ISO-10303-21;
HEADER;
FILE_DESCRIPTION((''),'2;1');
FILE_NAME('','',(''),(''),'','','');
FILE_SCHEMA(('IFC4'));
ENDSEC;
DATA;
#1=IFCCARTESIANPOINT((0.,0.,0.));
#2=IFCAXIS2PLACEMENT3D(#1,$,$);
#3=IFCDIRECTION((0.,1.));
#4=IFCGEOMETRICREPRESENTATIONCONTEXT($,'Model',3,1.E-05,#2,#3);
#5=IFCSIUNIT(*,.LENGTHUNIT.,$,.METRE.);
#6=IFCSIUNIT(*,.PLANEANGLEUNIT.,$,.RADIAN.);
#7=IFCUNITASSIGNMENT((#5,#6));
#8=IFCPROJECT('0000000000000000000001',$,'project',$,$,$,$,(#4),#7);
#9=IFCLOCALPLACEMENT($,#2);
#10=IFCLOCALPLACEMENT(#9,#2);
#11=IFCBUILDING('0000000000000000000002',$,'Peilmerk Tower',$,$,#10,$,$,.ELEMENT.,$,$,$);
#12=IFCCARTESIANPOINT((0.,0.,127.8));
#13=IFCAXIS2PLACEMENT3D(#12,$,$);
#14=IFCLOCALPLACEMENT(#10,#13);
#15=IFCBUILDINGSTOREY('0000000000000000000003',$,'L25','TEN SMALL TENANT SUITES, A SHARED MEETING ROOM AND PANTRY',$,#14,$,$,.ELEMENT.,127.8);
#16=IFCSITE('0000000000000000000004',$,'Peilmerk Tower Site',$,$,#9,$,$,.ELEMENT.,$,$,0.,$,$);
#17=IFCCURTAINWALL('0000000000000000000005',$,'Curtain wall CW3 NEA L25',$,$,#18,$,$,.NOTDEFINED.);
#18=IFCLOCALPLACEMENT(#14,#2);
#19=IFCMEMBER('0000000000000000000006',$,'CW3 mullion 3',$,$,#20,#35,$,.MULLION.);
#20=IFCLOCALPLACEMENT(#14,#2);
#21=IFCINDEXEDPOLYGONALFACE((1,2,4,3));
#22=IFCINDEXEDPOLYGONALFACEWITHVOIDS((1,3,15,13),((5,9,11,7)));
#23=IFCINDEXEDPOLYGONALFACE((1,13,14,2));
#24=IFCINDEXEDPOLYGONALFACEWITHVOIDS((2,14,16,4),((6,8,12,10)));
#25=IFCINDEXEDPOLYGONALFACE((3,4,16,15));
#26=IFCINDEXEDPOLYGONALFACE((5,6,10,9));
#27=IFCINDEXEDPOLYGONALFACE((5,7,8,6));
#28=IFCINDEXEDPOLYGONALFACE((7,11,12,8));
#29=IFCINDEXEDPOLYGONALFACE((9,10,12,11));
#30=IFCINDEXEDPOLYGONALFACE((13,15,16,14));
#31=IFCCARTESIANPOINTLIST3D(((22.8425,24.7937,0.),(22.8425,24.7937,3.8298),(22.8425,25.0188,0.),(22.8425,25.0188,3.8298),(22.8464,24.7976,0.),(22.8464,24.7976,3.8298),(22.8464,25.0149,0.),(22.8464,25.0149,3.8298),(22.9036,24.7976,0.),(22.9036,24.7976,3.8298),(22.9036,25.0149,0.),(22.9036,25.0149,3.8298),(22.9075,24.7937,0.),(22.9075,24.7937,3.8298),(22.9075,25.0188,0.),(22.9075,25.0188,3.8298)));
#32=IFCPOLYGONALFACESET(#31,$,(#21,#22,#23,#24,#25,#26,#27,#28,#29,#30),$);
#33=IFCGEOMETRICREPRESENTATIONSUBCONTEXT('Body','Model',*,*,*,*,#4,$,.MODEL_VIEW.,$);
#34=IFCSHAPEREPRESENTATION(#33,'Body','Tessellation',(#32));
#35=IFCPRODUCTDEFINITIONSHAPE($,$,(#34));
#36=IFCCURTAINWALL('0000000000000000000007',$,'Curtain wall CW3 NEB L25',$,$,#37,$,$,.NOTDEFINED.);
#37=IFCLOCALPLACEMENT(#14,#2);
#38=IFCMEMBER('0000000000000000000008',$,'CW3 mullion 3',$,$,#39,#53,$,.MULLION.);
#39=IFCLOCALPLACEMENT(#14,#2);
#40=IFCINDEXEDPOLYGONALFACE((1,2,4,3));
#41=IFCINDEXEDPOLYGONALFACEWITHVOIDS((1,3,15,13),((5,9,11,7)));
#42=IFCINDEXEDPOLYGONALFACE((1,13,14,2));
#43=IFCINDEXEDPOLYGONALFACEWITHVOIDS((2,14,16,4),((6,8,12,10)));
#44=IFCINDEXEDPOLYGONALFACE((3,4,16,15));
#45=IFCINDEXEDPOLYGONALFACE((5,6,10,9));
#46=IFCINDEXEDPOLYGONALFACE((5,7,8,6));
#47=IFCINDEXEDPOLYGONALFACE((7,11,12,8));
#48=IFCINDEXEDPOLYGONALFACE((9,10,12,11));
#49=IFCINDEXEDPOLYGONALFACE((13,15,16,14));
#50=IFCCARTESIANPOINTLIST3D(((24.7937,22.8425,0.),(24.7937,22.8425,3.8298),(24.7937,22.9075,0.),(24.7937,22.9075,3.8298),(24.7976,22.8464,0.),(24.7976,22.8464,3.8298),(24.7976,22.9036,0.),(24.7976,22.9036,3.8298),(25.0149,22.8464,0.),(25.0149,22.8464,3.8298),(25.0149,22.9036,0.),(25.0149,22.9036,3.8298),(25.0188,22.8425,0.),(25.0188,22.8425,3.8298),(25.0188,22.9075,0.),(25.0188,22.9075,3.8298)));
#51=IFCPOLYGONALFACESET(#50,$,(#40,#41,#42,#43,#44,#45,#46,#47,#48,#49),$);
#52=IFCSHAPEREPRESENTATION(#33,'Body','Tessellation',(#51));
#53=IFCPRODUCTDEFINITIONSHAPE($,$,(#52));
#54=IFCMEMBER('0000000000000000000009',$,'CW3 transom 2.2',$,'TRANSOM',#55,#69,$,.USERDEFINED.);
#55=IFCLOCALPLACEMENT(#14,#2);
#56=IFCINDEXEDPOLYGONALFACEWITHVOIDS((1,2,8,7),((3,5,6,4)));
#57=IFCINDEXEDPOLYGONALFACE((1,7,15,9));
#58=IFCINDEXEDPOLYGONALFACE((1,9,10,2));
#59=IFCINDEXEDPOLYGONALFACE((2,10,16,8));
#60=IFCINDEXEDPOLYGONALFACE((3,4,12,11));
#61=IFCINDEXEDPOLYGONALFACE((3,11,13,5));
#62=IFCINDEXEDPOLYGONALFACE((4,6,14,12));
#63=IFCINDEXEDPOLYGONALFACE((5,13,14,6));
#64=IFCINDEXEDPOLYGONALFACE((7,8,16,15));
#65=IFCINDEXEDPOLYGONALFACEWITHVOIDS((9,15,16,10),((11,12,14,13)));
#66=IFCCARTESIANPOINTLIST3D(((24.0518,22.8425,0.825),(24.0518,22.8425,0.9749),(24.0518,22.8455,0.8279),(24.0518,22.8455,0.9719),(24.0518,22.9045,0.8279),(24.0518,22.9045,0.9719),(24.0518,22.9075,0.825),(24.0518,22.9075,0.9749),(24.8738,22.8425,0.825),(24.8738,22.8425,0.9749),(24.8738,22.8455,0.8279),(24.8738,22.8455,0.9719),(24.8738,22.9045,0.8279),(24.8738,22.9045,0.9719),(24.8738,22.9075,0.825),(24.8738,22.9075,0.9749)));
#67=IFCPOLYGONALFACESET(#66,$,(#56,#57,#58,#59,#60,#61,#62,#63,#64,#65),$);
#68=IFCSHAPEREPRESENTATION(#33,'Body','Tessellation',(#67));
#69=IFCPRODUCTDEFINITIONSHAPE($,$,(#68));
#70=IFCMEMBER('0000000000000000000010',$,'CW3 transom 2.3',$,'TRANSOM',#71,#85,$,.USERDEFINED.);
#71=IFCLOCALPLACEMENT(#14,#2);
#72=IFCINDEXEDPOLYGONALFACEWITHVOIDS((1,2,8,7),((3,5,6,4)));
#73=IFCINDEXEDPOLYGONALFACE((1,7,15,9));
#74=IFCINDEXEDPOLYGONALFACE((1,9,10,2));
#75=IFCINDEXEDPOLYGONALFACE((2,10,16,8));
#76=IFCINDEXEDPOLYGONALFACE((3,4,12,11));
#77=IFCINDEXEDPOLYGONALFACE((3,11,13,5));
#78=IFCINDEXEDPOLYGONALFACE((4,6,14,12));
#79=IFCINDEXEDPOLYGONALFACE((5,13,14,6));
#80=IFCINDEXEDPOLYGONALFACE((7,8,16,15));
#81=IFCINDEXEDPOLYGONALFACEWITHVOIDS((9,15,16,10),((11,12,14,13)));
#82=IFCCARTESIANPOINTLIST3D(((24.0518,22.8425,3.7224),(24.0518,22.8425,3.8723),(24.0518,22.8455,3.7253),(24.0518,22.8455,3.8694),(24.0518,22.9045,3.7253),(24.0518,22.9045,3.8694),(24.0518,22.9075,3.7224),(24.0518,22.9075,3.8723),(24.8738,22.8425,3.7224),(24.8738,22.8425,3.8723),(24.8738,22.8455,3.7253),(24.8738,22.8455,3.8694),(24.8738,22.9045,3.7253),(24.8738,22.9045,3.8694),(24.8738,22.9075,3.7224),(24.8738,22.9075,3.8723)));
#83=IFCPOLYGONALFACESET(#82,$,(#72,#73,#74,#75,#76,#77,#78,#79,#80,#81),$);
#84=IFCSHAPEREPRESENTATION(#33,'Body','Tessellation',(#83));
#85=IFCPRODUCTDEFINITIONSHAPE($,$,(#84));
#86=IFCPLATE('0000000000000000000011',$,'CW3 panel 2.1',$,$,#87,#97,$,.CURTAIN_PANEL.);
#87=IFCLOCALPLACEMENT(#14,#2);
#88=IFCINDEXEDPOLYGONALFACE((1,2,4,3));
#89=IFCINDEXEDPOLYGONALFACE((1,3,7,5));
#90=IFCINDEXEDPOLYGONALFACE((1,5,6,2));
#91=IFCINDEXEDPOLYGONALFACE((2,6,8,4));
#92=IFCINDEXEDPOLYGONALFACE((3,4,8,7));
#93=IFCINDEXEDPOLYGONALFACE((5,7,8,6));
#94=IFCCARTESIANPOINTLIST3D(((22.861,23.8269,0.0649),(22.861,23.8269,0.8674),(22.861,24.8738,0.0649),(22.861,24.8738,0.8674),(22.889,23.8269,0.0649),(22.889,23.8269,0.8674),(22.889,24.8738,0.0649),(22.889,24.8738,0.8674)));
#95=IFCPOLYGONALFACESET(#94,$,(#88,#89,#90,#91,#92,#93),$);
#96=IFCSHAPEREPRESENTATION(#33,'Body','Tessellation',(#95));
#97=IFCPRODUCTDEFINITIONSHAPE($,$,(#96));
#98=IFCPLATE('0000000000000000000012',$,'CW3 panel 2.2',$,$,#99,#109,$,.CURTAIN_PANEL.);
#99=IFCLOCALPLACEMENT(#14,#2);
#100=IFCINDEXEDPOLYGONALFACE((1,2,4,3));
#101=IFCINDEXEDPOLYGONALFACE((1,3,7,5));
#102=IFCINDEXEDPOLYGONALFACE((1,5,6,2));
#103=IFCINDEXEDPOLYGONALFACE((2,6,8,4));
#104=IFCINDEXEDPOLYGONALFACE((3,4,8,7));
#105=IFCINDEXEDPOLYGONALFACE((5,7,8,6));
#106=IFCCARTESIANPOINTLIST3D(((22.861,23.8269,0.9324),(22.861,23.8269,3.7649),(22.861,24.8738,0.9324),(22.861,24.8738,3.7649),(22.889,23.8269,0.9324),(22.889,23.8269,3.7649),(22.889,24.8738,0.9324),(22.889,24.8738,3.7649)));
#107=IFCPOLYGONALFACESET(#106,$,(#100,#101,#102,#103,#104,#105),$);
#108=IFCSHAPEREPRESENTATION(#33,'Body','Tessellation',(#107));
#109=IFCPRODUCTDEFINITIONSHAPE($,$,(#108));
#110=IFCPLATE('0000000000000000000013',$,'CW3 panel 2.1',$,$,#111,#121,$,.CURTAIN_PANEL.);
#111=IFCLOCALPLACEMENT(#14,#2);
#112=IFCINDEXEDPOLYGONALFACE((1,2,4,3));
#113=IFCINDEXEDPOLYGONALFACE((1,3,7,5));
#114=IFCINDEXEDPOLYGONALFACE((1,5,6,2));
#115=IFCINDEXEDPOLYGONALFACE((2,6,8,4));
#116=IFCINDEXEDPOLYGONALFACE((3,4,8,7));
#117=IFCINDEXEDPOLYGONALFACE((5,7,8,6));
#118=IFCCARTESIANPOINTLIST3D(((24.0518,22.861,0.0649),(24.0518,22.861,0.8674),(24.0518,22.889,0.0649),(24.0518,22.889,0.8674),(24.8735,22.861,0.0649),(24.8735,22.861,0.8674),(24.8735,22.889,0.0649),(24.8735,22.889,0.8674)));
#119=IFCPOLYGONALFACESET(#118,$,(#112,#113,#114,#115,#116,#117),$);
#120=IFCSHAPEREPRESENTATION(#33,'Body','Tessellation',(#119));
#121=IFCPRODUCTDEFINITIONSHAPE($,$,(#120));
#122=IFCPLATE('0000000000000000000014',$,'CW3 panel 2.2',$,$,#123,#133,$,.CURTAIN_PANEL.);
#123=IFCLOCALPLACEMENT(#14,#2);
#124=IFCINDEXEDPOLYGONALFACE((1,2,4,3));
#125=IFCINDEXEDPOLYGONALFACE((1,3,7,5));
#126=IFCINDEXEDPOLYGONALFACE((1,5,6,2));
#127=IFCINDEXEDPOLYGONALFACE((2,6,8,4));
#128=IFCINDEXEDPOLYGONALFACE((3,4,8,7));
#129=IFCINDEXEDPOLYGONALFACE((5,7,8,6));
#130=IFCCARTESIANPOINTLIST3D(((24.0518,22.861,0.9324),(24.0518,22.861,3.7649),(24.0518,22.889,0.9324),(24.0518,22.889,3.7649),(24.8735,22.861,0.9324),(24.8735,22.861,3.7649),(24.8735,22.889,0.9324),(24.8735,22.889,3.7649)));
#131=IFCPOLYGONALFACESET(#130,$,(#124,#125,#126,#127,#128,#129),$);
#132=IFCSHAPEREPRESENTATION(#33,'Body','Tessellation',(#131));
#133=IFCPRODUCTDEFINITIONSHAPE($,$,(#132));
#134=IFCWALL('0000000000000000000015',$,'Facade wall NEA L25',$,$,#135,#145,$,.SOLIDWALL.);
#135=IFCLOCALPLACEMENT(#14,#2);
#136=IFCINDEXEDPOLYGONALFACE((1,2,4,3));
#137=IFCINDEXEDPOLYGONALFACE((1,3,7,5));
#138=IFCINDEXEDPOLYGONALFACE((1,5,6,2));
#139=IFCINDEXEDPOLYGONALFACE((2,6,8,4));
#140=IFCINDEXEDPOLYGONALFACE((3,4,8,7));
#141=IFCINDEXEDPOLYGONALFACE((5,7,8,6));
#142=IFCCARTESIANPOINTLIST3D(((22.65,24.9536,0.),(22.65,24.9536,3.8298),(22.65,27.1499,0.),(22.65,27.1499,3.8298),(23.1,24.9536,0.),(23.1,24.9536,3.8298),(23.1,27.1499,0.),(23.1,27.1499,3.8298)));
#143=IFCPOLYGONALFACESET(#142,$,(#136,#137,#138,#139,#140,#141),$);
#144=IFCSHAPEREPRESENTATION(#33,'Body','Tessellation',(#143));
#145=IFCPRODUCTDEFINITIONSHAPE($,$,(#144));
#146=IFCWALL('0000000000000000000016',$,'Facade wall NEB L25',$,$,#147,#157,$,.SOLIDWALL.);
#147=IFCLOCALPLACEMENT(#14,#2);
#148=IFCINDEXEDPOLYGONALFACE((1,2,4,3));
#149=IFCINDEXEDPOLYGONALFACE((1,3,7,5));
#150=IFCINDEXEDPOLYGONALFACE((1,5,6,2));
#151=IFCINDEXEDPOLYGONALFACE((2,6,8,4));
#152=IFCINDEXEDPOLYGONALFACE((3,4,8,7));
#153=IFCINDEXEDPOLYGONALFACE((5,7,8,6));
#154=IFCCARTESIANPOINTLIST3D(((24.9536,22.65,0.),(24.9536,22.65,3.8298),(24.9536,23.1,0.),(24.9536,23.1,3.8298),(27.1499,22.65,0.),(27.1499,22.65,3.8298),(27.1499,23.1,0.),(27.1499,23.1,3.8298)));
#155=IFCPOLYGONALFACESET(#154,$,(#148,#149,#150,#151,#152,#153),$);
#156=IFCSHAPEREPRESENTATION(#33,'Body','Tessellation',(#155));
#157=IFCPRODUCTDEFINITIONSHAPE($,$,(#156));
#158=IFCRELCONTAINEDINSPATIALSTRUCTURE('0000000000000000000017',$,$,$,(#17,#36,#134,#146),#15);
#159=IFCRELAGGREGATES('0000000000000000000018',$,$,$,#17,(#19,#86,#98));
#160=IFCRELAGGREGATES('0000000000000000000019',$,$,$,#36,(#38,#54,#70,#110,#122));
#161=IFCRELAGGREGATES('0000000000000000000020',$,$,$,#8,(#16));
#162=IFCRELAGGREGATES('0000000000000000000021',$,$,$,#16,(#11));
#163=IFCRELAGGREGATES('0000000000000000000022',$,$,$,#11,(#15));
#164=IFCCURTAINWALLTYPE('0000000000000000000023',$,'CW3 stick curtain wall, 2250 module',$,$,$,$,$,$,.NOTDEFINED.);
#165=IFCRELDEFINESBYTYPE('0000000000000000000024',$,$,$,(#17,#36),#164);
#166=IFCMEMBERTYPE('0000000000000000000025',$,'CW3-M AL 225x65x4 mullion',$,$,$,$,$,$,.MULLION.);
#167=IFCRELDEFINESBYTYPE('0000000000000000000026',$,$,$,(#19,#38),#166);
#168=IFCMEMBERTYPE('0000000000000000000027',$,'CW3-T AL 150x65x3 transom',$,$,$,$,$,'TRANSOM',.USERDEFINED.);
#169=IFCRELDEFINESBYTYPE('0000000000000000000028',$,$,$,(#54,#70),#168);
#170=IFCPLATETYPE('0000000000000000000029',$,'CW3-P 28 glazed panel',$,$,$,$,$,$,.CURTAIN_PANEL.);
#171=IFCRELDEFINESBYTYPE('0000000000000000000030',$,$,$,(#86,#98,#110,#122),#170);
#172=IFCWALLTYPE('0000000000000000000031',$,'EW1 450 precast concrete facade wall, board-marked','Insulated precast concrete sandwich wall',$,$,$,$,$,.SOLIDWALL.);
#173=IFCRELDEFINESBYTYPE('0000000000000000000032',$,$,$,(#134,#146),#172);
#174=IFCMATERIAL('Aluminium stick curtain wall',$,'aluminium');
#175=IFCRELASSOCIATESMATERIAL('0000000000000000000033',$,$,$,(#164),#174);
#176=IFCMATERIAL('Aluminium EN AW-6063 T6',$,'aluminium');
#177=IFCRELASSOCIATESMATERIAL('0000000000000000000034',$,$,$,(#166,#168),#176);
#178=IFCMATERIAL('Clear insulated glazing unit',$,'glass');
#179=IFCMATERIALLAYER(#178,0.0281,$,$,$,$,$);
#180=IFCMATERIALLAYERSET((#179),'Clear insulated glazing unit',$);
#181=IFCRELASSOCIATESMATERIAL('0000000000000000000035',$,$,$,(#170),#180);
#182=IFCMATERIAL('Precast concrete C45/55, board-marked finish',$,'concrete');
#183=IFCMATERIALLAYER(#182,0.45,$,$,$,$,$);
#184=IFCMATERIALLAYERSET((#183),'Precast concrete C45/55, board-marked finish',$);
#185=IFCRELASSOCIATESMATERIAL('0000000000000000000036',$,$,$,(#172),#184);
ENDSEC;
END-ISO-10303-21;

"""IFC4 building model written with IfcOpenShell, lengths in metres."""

from ifc_helpers import new_model, si_unit, direction, frame, frame_2d, origin, origin_2d, place, context, subcontext, project, spatial, rectangle, hollow_rectangle, extrude, material, layer, layer_set, material_profile, profile_set, type_object, element, aggregate, save


model = new_model("IFC4")

# Units and contexts
model_context = context("Model", 3, precision=1e-05, world=origin(), true_north=direction((0.0, 1.0)))
body_context = subcontext(model_context, "Body", "Model", "MODEL_VIEW")
ifc_project = project(units=[si_unit("LENGTHUNIT", "METRE"), si_unit("PLANEANGLEUNIT", "RADIAN")], contexts=[model_context])

# Site, building, storey
site_placement = place(None, origin())
site = spatial("IfcSite", under=ifc_project, at=site_placement, Name="Peilmerk Tower Site", CompositionType="ELEMENT", RefElevation=0.0)
building_placement = place(site_placement, origin())
building = spatial("IfcBuilding", under=site, at=building_placement, Name="Peilmerk Tower", CompositionType="ELEMENT")
storey_placement = place(building_placement, frame((0.0, 0.0, 127.8)))
storey = spatial("IfcBuildingStorey", under=building, at=storey_placement, Name="L25", Description="TEN SMALL TENANT SUITES, A SHARED MEETING ROOM AND PANTRY", CompositionType="ELEMENT", Elevation=127.8)

# Curtain wall, member
ifc_material_1 = material(Name="Aluminium stick curtain wall", Category="aluminium")
curtain_wall_type = type_object("IfcCurtainWallType", Name="CW3 stick curtain wall, 2250 module", PredefinedType="NOTDEFINED", material=ifc_material_1)
curtain_wall_1_placement = place(storey_placement, origin())
curtain_wall_1 = element("IfcCurtainWall", 1, at=curtain_wall_1_placement, inside=storey, type_object=curtain_wall_type, Name="Curtain wall CW3 NEA L25", PredefinedType="NOTDEFINED")
ifc_material_2 = material(Name="Aluminium EN AW-6063 T6", Category="aluminium")
ifc_material_profile_1 = material_profile(ifc_material_2, hollow_rectangle(XDim=0.0649, YDim=0.2251, WallThickness=0.0039, at=origin_2d()), Name="AL 225x65x4")
ifc_profile_set_1 = profile_set([ifc_material_profile_1], Name="Aluminium EN AW-6063 T6")
member_type_1 = type_object("IfcMemberType", Name="CW3-M AL 225x65x4 mullion", PredefinedType="MULLION", material=ifc_profile_set_1)
member_1_placement = place(storey_placement, frame((22.875, 24.9062, 0.0), z_axis=(0.0, 0.0, 1.0), x_axis=(-1.0, 0.0, 0.0)))
member_1 = element("IfcMember", 2, at=member_1_placement, type_object=member_type_1, Name="CW3 mullion 3", PredefinedType="MULLION", context=body_context, shape_type="SweptSolid", body=[
    extrude(hollow_rectangle(XDim=0.0649, YDim=0.2251, WallThickness=0.0039, at=origin_2d()), origin(), (0.0, 0.0, 1.0), 3.8298),
])

# Curtain wall, members
curtain_wall_2_placement = place(storey_placement, origin())
curtain_wall_2 = element("IfcCurtainWall", 3, at=curtain_wall_2_placement, inside=storey, type_object=curtain_wall_type, Name="Curtain wall CW3 NEB L25", PredefinedType="NOTDEFINED")
member_2_placement = place(storey_placement, frame((24.9062, 22.875, 0.0), z_axis=(0.0, 0.0, 1.0), x_axis=(0.0, 1.0, 0.0)))
member_2 = element("IfcMember", 4, at=member_2_placement, type_object=member_type_1, Name="CW3 mullion 3", PredefinedType="MULLION", context=body_context, shape_type="SweptSolid", body=[
    extrude(hollow_rectangle(XDim=0.0649, YDim=0.2251, WallThickness=0.0039, at=origin_2d()), origin(), (0.0, 0.0, 1.0), 3.8298),
])
ifc_material_profile_2 = material_profile(ifc_material_2, hollow_rectangle(XDim=0.0649, YDim=0.1499, WallThickness=0.0029, at=origin_2d()), Name="AL 150x65x3")
ifc_profile_set_2 = profile_set([ifc_material_profile_2], Name="Aluminium EN AW-6063 T6")
member_type_2 = type_object("IfcMemberType", Name="CW3-T AL 150x65x3 transom", ElementType="TRANSOM", PredefinedType="USERDEFINED", material=ifc_profile_set_2)
member_3_placement = place(storey_placement, frame((24.0518, 22.875, 0.8999), z_axis=(1.0, 0.0, 0.0), x_axis=(0.0, 1.0, 0.0)))
member_3 = element("IfcMember", 5, at=member_3_placement, type_object=member_type_2, Name="CW3 transom 2.2", ObjectType="TRANSOM", PredefinedType="USERDEFINED", context=body_context, shape_type="SweptSolid", body=[
    extrude(hollow_rectangle(XDim=0.0649, YDim=0.1499, WallThickness=0.0029, at=origin_2d()), origin(), (0.0, 0.0, 1.0), 0.822),
])
member_4_placement = place(storey_placement, frame((24.0518, 22.875, 3.7974), z_axis=(1.0, 0.0, 0.0), x_axis=(0.0, 1.0, 0.0)))
member_4 = element("IfcMember", 6, at=member_4_placement, type_object=member_type_2, Name="CW3 transom 2.3", ObjectType="TRANSOM", PredefinedType="USERDEFINED", context=body_context, shape_type="SweptSolid", body=[
    extrude(hollow_rectangle(XDim=0.0649, YDim=0.1499, WallThickness=0.0029, at=origin_2d()), origin(), (0.0, 0.0, 1.0), 0.822),
])

# Plates
ifc_material_3 = material(Name="Clear insulated glazing unit", Category="glass")
ifc_layer_1 = layer(ifc_material_3, 0.0281)
ifc_layer_set_1 = layer_set([ifc_layer_1], Name="Clear insulated glazing unit")
plate_type = type_object("IfcPlateType", Name="CW3-P 28 glazed panel", PredefinedType="CURTAIN_PANEL", material=ifc_layer_set_1)
plate_1_placement = place(storey_placement, frame((22.875, 24.3503, 0.0649), z_axis=(0.0, 0.0, 1.0), x_axis=(0.0, 1.0, 0.0)))
plate_1 = element("IfcPlate", 7, at=plate_1_placement, type_object=plate_type, Name="CW3 panel 2.1", PredefinedType="CURTAIN_PANEL", context=body_context, shape_type="SweptSolid", body=[
    extrude(rectangle(XDim=1.0469, YDim=0.0281, at=origin_2d()), origin(), (0.0, 0.0, 1.0), 0.8025),
])
plate_2_placement = place(storey_placement, frame((22.875, 24.3503, 0.9324), z_axis=(0.0, 0.0, 1.0), x_axis=(0.0, 1.0, 0.0)))
plate_2 = element("IfcPlate", 8, at=plate_2_placement, type_object=plate_type, Name="CW3 panel 2.2", PredefinedType="CURTAIN_PANEL", context=body_context, shape_type="SweptSolid", body=[
    extrude(rectangle(XDim=1.0469, YDim=0.0281, at=origin_2d()), origin(), (0.0, 0.0, 1.0), 2.8325),
])
aggregate(curtain_wall_1, [member_1, plate_1, plate_2])
plate_3_placement = place(storey_placement, frame((24.4626, 22.875, 0.0649), z_axis=(0.0, 0.0, 1.0), x_axis=(1.0, 0.0, 0.0)))
plate_3 = element("IfcPlate", 9, at=plate_3_placement, type_object=plate_type, Name="CW3 panel 2.1", PredefinedType="CURTAIN_PANEL", context=body_context, shape_type="SweptSolid", body=[
    extrude(rectangle(XDim=0.8218, YDim=0.0281, at=origin_2d()), origin(), (0.0, 0.0, 1.0), 0.8025),
])
plate_4_placement = place(storey_placement, frame((24.4626, 22.875, 0.9324), z_axis=(0.0, 0.0, 1.0), x_axis=(1.0, 0.0, 0.0)))
plate_4 = element("IfcPlate", 10, at=plate_4_placement, type_object=plate_type, Name="CW3 panel 2.2", PredefinedType="CURTAIN_PANEL", context=body_context, shape_type="SweptSolid", body=[
    extrude(rectangle(XDim=0.8218, YDim=0.0281, at=origin_2d()), origin(), (0.0, 0.0, 1.0), 2.8325),
])
aggregate(curtain_wall_2, [member_2, member_3, member_4, plate_3, plate_4])

# Shared definitions
ifc_material_4 = material(Name="Precast concrete C45/55, board-marked finish", Category="concrete")
ifc_layer_2 = layer(ifc_material_4, 0.45)
ifc_layer_set_2 = layer_set([ifc_layer_2], Name="Precast concrete C45/55, board-marked finish")
wall_type = type_object("IfcWallType", Name="EW1 450 precast concrete facade wall, board-marked", Description="Insulated precast concrete sandwich wall", PredefinedType="SOLIDWALL", material=ifc_layer_set_2)

# Walls
for number, where, z_axis, x_axis, name in (
    (11, (22.875, 24.9536, 0.0), (0.0, 0.0, 1.0), (0.0, 1.0, 0.0), "Facade wall NEA L25"),
    (12, (24.9536, 22.875, 0.0), (0.0, 0.0, 1.0), (1.0, 0.0, 0.0), "Facade wall NEB L25"),
):
    element("IfcWall", number, at=place(storey_placement, frame(where, z_axis=z_axis, x_axis=x_axis)), inside=storey, type_object=wall_type, Name=name, PredefinedType="SOLIDWALL", context=body_context, shape_type="SweptSolid", body=[
        extrude(rectangle(XDim=2.1963, YDim=0.45, at=frame_2d((1.0981, 0.0))), origin(), (0.0, 0.0, 1.0), 3.8298),
    ])

save(model, "model.ifc")
